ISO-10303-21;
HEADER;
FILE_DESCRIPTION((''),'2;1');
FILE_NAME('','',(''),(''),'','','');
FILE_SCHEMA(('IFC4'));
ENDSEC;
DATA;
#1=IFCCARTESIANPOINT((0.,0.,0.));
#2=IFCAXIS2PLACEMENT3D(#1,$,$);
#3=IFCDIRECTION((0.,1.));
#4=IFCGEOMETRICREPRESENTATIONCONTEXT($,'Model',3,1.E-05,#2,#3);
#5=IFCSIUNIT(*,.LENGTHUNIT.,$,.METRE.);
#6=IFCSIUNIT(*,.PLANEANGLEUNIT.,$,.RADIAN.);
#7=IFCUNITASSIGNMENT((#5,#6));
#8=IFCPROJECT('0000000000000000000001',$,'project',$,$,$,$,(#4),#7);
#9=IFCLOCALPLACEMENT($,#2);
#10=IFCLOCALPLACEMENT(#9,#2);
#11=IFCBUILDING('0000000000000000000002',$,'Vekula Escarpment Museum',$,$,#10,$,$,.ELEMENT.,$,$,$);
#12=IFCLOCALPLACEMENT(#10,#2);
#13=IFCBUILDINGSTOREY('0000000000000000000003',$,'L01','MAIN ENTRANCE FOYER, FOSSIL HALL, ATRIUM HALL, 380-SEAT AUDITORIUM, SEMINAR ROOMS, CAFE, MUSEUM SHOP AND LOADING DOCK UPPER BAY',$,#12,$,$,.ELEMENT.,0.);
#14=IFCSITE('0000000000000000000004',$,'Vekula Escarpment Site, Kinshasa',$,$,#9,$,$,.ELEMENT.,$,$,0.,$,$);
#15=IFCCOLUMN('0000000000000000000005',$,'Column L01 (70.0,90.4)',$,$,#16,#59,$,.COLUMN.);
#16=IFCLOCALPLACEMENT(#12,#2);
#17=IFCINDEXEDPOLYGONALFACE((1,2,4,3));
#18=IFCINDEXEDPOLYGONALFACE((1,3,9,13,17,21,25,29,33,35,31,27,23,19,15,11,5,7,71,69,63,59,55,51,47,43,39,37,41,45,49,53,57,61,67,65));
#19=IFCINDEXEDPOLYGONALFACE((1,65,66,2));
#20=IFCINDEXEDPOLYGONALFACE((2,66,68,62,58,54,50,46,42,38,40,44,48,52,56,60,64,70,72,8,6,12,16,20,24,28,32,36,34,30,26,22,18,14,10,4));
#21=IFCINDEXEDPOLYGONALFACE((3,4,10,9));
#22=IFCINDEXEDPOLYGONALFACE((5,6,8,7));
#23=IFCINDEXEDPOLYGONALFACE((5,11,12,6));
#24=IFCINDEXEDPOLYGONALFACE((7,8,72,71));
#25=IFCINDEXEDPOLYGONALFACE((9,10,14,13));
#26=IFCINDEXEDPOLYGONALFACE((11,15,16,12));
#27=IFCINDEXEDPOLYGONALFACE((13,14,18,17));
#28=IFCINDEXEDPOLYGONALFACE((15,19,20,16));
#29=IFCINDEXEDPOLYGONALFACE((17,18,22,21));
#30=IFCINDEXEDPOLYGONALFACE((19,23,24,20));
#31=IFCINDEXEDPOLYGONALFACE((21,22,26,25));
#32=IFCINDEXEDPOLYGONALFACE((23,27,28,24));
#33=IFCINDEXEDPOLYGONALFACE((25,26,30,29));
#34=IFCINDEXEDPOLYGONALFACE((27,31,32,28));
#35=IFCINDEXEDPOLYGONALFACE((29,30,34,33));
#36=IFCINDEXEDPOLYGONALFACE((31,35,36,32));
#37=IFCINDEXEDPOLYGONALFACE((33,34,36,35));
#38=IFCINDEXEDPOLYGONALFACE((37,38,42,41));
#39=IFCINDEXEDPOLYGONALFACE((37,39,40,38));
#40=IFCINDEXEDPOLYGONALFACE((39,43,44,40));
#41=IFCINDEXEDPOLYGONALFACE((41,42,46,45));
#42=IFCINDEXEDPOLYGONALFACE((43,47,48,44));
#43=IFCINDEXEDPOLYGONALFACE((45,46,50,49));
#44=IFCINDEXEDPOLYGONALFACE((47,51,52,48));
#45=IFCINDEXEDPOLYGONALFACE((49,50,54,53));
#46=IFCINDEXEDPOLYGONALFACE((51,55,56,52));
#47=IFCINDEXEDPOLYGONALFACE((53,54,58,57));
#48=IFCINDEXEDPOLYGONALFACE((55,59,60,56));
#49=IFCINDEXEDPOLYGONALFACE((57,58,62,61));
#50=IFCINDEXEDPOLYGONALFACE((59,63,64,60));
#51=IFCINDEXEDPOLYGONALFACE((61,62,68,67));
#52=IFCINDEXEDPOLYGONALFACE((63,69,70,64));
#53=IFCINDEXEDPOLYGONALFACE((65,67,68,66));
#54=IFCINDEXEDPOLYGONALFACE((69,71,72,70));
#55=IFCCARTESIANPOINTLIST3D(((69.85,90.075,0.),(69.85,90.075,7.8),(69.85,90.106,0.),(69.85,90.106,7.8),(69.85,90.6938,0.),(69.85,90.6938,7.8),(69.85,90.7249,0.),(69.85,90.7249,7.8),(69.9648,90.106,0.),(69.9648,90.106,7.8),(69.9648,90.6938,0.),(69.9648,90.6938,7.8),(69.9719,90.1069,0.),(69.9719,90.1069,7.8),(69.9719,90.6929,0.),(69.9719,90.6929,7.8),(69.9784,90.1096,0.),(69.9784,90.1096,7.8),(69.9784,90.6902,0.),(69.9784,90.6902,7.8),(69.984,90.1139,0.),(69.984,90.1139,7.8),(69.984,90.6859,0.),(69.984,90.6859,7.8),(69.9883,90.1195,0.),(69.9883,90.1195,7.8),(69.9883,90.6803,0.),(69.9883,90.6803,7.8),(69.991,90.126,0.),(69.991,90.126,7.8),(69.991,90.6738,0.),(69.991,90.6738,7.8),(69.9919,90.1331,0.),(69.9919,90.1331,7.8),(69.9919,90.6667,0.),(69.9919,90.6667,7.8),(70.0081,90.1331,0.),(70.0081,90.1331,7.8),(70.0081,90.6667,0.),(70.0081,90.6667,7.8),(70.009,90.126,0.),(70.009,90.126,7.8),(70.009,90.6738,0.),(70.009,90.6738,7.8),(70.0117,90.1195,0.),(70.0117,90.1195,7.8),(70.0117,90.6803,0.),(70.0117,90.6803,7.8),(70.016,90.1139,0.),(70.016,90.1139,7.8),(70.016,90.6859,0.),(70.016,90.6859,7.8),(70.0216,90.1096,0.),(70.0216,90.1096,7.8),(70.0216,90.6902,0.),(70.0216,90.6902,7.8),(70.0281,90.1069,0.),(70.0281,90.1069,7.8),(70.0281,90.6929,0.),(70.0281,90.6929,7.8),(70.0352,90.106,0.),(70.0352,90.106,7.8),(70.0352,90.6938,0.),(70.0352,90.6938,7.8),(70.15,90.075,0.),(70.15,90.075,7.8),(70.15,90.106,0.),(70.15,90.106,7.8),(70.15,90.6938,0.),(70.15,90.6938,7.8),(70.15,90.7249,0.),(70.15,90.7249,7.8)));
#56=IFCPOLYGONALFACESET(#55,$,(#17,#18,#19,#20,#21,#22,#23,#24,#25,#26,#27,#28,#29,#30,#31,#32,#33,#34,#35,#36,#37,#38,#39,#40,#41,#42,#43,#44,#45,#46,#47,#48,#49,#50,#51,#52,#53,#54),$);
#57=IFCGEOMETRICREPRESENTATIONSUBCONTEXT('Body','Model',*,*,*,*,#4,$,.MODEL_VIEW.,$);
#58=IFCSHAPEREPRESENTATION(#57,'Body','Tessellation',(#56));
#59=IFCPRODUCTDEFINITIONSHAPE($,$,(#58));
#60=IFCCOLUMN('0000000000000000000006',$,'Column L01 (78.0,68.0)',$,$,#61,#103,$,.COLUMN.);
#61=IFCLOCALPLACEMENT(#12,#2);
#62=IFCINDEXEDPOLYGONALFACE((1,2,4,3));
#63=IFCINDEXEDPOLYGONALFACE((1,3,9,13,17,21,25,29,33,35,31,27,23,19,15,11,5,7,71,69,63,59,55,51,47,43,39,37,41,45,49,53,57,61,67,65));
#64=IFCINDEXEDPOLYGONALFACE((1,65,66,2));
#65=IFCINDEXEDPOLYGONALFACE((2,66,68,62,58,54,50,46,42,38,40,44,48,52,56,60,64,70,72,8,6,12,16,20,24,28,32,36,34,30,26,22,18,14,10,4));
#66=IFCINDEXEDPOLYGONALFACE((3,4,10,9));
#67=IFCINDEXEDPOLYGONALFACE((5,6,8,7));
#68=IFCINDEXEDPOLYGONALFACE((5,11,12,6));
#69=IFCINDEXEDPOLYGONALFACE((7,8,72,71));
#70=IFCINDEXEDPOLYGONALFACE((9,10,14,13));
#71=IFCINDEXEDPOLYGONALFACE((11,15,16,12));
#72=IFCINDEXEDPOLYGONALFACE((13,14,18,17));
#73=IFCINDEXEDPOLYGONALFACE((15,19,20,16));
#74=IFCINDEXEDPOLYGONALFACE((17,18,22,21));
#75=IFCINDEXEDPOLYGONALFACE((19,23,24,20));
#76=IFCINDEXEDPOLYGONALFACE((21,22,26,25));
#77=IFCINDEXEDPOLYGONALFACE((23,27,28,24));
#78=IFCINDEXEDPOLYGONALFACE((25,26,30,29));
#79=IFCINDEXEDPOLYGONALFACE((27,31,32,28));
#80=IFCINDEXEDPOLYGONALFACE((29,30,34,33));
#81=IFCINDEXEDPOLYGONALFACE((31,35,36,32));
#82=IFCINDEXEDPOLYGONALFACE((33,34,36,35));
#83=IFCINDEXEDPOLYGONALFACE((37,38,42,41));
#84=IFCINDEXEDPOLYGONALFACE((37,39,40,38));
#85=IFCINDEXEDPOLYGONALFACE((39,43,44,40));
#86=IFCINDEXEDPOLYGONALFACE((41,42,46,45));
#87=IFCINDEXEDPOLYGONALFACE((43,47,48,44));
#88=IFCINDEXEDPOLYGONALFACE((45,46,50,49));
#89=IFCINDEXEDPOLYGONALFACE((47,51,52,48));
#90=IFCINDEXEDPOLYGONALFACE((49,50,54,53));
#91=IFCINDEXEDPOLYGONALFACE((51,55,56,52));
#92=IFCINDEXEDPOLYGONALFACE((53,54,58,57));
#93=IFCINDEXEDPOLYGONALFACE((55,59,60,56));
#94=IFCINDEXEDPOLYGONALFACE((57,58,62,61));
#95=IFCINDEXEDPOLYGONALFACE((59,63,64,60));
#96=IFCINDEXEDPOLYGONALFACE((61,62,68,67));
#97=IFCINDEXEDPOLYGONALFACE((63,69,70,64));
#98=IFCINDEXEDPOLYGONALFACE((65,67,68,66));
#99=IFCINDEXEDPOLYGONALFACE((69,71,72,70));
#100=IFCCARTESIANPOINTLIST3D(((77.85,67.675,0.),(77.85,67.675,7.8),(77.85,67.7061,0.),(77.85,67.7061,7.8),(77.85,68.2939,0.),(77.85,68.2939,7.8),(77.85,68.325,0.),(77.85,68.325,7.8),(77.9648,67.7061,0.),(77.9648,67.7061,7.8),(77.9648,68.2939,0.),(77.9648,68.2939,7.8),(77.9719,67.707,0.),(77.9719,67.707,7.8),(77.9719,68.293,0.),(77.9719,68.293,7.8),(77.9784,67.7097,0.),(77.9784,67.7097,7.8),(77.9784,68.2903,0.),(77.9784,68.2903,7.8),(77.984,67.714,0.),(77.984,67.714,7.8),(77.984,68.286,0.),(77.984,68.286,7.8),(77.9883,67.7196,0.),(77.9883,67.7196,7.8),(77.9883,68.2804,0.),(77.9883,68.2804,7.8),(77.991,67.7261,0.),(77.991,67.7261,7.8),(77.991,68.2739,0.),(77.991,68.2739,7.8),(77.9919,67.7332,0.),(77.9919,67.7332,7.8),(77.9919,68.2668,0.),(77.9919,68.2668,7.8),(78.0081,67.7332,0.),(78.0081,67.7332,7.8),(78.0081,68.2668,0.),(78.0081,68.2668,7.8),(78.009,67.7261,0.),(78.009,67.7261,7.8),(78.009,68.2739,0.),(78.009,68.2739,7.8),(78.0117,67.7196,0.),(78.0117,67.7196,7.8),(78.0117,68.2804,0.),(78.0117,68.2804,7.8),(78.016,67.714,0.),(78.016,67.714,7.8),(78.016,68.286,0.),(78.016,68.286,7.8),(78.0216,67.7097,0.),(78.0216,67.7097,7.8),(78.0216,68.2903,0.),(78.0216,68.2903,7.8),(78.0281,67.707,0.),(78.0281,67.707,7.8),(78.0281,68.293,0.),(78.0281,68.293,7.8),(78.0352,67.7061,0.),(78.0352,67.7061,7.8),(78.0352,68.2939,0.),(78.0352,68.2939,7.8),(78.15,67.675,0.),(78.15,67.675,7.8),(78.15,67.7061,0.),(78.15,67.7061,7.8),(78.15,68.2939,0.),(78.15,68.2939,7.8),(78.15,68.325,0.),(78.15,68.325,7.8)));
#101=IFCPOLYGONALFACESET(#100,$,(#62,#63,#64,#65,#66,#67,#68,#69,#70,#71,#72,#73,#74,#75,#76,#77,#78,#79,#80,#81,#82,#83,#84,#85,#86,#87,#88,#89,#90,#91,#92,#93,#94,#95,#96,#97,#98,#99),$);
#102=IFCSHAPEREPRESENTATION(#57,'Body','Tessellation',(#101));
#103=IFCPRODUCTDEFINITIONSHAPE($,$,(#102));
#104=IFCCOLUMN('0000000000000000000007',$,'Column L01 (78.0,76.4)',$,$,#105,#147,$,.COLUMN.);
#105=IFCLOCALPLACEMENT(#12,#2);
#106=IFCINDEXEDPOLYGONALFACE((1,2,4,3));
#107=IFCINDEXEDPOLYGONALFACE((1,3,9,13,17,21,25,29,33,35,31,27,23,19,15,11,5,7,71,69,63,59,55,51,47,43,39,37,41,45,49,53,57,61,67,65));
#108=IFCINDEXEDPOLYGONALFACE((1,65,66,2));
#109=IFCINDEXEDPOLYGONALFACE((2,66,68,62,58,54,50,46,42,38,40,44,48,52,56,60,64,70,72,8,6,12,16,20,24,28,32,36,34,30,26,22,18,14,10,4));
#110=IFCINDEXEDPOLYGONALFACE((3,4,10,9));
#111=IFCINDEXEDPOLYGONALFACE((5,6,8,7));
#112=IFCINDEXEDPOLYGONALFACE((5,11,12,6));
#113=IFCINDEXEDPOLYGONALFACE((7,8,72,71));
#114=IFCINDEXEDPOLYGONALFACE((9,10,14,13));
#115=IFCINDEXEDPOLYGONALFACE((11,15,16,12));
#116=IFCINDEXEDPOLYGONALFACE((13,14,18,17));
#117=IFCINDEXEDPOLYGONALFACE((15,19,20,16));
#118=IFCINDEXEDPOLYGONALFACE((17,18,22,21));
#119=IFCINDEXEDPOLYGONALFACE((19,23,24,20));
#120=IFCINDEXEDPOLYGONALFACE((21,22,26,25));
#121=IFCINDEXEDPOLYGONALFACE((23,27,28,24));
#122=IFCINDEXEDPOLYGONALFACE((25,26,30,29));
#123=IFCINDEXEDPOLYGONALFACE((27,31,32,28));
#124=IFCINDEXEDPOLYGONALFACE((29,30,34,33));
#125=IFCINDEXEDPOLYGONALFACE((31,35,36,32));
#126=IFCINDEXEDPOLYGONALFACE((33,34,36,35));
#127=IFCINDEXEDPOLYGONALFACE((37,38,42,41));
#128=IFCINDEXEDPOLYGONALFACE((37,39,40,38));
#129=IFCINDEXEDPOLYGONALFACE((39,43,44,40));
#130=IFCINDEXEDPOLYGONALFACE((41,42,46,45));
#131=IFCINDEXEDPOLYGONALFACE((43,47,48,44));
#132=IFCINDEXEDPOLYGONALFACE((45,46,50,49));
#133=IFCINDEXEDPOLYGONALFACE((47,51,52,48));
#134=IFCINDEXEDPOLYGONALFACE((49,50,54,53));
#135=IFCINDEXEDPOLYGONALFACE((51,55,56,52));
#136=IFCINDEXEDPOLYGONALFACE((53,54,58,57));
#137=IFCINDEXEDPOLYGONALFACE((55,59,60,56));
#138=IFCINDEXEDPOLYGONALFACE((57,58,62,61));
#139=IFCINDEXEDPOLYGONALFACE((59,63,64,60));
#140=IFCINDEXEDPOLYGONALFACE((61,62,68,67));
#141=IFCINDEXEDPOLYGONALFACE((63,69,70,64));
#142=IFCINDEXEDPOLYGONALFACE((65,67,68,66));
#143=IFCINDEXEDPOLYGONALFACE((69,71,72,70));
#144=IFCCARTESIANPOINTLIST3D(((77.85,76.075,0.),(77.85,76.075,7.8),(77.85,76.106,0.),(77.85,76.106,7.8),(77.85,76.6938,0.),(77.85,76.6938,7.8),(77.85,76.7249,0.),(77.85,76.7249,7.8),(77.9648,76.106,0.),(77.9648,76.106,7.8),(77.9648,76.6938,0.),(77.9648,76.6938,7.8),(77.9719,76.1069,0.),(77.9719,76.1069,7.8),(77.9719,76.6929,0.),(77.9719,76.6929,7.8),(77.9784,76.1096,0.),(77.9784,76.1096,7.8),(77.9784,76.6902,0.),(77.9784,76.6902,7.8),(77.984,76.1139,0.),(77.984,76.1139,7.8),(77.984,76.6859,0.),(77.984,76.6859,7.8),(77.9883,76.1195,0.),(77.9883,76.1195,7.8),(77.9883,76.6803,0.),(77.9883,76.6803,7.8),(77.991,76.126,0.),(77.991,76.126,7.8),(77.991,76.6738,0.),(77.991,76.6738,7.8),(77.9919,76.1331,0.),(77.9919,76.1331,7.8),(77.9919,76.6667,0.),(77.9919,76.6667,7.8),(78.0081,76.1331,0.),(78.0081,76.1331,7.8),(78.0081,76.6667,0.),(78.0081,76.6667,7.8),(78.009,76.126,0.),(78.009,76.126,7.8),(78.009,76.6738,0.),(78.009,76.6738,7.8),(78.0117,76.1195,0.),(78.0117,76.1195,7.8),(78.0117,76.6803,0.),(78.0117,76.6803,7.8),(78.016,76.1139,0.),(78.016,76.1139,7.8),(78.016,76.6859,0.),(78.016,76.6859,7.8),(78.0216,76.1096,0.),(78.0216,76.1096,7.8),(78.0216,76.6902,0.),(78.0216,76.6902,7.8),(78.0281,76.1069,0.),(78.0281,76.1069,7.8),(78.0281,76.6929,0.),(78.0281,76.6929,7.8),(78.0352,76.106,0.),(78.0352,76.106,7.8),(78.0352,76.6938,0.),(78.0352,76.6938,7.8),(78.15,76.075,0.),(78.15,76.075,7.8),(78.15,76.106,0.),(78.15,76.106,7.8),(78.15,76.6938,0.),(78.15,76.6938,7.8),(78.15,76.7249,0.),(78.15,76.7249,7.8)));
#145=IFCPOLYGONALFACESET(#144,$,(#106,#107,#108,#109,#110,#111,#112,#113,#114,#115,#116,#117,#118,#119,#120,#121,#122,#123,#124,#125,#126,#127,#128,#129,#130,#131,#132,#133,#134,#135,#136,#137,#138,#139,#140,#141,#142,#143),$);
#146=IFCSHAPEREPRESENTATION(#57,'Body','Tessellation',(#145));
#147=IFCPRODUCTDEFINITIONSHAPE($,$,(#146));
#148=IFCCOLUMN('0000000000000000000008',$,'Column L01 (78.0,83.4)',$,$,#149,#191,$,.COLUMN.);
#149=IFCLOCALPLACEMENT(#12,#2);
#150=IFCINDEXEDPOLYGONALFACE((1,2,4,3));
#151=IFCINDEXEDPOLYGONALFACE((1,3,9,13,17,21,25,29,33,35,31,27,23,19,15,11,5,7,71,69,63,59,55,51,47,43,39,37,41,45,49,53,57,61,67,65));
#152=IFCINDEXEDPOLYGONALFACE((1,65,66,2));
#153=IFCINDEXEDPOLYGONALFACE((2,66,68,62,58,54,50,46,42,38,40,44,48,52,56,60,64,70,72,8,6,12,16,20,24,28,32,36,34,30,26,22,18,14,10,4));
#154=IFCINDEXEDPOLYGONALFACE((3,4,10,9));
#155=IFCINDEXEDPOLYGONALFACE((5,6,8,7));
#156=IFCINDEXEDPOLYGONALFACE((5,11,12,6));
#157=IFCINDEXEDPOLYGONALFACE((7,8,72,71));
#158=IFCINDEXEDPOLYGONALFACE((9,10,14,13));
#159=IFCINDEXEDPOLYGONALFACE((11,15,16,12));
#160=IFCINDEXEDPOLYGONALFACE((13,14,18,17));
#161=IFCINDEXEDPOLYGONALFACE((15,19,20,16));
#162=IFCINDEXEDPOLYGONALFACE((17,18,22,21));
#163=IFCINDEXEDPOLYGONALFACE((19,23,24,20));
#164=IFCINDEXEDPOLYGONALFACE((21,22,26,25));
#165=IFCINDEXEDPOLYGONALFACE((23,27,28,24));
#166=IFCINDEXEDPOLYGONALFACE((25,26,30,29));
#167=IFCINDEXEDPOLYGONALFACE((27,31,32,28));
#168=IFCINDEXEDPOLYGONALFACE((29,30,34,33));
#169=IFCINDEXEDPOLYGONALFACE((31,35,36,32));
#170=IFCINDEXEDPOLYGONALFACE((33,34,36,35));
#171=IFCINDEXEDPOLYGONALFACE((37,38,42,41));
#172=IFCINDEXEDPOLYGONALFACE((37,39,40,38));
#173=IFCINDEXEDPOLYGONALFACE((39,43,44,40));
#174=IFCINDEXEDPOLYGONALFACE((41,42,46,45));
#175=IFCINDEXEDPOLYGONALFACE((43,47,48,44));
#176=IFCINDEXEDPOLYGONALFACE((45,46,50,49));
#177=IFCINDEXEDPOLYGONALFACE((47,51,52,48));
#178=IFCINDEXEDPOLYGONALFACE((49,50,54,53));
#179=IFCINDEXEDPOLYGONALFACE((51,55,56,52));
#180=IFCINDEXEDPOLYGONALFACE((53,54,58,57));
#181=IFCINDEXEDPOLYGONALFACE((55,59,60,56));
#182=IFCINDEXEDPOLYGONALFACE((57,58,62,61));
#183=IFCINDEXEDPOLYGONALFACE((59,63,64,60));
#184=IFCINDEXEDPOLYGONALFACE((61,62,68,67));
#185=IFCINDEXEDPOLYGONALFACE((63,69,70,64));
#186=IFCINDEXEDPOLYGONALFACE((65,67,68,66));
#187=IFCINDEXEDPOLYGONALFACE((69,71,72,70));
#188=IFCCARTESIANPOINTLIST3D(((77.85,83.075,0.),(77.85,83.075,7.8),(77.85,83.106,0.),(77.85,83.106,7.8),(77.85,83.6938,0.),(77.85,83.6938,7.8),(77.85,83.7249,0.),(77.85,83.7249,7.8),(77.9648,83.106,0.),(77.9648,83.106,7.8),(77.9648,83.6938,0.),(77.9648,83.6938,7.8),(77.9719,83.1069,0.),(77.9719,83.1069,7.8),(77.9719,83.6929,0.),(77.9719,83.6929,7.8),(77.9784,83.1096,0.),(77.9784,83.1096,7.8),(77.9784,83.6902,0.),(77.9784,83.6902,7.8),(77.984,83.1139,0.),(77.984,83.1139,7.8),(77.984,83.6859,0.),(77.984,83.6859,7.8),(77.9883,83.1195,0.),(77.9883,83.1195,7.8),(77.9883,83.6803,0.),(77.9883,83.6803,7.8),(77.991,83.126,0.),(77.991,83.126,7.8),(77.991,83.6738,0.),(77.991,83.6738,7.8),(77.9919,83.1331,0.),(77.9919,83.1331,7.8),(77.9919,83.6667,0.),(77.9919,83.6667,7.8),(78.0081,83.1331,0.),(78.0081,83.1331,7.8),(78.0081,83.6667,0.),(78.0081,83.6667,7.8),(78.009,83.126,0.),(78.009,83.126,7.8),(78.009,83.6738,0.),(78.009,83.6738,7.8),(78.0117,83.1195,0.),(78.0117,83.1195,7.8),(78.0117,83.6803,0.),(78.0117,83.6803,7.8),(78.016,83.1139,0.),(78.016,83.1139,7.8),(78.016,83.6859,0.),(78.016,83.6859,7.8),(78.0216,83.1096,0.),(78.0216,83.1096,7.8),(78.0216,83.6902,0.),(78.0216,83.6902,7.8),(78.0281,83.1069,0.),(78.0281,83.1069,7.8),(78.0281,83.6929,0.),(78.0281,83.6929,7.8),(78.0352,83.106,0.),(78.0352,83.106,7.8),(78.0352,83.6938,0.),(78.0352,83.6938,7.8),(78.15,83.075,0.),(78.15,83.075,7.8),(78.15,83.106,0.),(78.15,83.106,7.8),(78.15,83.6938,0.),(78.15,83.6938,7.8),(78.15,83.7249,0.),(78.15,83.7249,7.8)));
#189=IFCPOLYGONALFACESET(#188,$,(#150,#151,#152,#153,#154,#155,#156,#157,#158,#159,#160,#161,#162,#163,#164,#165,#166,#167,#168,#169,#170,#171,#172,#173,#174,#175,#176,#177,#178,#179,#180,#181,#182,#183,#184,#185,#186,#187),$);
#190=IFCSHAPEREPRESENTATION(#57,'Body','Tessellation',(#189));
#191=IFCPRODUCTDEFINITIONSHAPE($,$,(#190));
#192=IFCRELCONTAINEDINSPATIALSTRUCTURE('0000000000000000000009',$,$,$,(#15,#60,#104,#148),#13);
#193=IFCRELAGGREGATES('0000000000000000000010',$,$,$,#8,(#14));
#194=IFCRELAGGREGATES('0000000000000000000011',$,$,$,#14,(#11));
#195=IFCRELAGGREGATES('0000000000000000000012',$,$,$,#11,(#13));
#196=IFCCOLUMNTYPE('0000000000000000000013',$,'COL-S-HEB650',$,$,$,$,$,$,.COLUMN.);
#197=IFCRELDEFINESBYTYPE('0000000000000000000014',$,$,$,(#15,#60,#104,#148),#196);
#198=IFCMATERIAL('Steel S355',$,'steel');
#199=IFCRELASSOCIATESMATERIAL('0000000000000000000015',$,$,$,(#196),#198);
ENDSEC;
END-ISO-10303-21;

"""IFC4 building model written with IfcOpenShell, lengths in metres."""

from ifc_helpers import new_model, si_unit, direction, frame, origin, origin_2d, place, context, subcontext, project, spatial, i_section, extrude, material, material_profile, profile_set, type_object, element, save


model = new_model("IFC4")

# Units and contexts
model_context = context("Model", 3, precision=1e-05, world=origin(), true_north=direction((0.0, 1.0)))
body_context = subcontext(model_context, "Body", "Model", "MODEL_VIEW")
ifc_project = project(units=[si_unit("LENGTHUNIT", "METRE"), si_unit("PLANEANGLEUNIT", "RADIAN")], contexts=[model_context])

# Site, building, storey
site_placement = place(None, origin())
site = spatial("IfcSite", under=ifc_project, at=site_placement, Name="Vekula Escarpment Site, Kinshasa", CompositionType="ELEMENT", RefElevation=0.0)
building_placement = place(site_placement, origin())
building = spatial("IfcBuilding", under=site, at=building_placement, Name="Vekula Escarpment Museum", CompositionType="ELEMENT")
storey_placement = place(building_placement, origin())
storey = spatial("IfcBuildingStorey", under=building, at=storey_placement, Name="L01", Description="MAIN ENTRANCE FOYER, FOSSIL HALL, ATRIUM HALL, 380-SEAT AUDITORIUM, SEMINAR ROOMS, CAFE, MUSEUM SHOP AND LOADING DOCK UPPER BAY", CompositionType="ELEMENT", Elevation=0.0)

# Columns
ifc_material_1 = material(Name="Steel S355", Category="steel")
ifc_material_profile_1 = material_profile(ifc_material_1, i_section(OverallWidth=0.3, OverallDepth=0.6499, WebThickness=0.0161, FlangeThickness=0.031, FilletRadius=0.0271, at=origin_2d()), Name="HEB 650")
ifc_profile_set_1 = profile_set([ifc_material_profile_1], Name="Steel S355")
column_type = type_object("IfcColumnType", Name="COL-S-HEB650", PredefinedType="COLUMN", material=ifc_profile_set_1)
for number, where, z_axis, x_axis, name in (
    (1, (70.0, 90.3999, 0.0), (0.0, 0.0, 1.0), (1.0, 0.0, 0.0), "Column L01 (70.0,90.4)"),
    (2, (78.0, 68.0, 0.0), (0.0, 0.0, 1.0), (1.0, 0.0, 0.0), "Column L01 (78.0,68.0)"),
    (3, (78.0, 76.3999, 0.0), (0.0, 0.0, 1.0), (1.0, 0.0, 0.0), "Column L01 (78.0,76.4)"),
    (4, (78.0, 83.3999, 0.0), (0.0, 0.0, 1.0), (1.0, 0.0, 0.0), "Column L01 (78.0,83.4)"),
):
    element("IfcColumn", number, at=place(storey_placement, frame(where, z_axis=z_axis, x_axis=x_axis)), inside=storey, type_object=column_type, Name=name, PredefinedType="COLUMN", context=body_context, shape_type="SweptSolid", body=[
        extrude(i_section(OverallWidth=0.3, OverallDepth=0.6499, WebThickness=0.0161, FlangeThickness=0.031, FilletRadius=0.0271, at=origin_2d()), origin(), (0.0, 0.0, 1.0), 7.8),
    ])

save(model, "model.ifc")
